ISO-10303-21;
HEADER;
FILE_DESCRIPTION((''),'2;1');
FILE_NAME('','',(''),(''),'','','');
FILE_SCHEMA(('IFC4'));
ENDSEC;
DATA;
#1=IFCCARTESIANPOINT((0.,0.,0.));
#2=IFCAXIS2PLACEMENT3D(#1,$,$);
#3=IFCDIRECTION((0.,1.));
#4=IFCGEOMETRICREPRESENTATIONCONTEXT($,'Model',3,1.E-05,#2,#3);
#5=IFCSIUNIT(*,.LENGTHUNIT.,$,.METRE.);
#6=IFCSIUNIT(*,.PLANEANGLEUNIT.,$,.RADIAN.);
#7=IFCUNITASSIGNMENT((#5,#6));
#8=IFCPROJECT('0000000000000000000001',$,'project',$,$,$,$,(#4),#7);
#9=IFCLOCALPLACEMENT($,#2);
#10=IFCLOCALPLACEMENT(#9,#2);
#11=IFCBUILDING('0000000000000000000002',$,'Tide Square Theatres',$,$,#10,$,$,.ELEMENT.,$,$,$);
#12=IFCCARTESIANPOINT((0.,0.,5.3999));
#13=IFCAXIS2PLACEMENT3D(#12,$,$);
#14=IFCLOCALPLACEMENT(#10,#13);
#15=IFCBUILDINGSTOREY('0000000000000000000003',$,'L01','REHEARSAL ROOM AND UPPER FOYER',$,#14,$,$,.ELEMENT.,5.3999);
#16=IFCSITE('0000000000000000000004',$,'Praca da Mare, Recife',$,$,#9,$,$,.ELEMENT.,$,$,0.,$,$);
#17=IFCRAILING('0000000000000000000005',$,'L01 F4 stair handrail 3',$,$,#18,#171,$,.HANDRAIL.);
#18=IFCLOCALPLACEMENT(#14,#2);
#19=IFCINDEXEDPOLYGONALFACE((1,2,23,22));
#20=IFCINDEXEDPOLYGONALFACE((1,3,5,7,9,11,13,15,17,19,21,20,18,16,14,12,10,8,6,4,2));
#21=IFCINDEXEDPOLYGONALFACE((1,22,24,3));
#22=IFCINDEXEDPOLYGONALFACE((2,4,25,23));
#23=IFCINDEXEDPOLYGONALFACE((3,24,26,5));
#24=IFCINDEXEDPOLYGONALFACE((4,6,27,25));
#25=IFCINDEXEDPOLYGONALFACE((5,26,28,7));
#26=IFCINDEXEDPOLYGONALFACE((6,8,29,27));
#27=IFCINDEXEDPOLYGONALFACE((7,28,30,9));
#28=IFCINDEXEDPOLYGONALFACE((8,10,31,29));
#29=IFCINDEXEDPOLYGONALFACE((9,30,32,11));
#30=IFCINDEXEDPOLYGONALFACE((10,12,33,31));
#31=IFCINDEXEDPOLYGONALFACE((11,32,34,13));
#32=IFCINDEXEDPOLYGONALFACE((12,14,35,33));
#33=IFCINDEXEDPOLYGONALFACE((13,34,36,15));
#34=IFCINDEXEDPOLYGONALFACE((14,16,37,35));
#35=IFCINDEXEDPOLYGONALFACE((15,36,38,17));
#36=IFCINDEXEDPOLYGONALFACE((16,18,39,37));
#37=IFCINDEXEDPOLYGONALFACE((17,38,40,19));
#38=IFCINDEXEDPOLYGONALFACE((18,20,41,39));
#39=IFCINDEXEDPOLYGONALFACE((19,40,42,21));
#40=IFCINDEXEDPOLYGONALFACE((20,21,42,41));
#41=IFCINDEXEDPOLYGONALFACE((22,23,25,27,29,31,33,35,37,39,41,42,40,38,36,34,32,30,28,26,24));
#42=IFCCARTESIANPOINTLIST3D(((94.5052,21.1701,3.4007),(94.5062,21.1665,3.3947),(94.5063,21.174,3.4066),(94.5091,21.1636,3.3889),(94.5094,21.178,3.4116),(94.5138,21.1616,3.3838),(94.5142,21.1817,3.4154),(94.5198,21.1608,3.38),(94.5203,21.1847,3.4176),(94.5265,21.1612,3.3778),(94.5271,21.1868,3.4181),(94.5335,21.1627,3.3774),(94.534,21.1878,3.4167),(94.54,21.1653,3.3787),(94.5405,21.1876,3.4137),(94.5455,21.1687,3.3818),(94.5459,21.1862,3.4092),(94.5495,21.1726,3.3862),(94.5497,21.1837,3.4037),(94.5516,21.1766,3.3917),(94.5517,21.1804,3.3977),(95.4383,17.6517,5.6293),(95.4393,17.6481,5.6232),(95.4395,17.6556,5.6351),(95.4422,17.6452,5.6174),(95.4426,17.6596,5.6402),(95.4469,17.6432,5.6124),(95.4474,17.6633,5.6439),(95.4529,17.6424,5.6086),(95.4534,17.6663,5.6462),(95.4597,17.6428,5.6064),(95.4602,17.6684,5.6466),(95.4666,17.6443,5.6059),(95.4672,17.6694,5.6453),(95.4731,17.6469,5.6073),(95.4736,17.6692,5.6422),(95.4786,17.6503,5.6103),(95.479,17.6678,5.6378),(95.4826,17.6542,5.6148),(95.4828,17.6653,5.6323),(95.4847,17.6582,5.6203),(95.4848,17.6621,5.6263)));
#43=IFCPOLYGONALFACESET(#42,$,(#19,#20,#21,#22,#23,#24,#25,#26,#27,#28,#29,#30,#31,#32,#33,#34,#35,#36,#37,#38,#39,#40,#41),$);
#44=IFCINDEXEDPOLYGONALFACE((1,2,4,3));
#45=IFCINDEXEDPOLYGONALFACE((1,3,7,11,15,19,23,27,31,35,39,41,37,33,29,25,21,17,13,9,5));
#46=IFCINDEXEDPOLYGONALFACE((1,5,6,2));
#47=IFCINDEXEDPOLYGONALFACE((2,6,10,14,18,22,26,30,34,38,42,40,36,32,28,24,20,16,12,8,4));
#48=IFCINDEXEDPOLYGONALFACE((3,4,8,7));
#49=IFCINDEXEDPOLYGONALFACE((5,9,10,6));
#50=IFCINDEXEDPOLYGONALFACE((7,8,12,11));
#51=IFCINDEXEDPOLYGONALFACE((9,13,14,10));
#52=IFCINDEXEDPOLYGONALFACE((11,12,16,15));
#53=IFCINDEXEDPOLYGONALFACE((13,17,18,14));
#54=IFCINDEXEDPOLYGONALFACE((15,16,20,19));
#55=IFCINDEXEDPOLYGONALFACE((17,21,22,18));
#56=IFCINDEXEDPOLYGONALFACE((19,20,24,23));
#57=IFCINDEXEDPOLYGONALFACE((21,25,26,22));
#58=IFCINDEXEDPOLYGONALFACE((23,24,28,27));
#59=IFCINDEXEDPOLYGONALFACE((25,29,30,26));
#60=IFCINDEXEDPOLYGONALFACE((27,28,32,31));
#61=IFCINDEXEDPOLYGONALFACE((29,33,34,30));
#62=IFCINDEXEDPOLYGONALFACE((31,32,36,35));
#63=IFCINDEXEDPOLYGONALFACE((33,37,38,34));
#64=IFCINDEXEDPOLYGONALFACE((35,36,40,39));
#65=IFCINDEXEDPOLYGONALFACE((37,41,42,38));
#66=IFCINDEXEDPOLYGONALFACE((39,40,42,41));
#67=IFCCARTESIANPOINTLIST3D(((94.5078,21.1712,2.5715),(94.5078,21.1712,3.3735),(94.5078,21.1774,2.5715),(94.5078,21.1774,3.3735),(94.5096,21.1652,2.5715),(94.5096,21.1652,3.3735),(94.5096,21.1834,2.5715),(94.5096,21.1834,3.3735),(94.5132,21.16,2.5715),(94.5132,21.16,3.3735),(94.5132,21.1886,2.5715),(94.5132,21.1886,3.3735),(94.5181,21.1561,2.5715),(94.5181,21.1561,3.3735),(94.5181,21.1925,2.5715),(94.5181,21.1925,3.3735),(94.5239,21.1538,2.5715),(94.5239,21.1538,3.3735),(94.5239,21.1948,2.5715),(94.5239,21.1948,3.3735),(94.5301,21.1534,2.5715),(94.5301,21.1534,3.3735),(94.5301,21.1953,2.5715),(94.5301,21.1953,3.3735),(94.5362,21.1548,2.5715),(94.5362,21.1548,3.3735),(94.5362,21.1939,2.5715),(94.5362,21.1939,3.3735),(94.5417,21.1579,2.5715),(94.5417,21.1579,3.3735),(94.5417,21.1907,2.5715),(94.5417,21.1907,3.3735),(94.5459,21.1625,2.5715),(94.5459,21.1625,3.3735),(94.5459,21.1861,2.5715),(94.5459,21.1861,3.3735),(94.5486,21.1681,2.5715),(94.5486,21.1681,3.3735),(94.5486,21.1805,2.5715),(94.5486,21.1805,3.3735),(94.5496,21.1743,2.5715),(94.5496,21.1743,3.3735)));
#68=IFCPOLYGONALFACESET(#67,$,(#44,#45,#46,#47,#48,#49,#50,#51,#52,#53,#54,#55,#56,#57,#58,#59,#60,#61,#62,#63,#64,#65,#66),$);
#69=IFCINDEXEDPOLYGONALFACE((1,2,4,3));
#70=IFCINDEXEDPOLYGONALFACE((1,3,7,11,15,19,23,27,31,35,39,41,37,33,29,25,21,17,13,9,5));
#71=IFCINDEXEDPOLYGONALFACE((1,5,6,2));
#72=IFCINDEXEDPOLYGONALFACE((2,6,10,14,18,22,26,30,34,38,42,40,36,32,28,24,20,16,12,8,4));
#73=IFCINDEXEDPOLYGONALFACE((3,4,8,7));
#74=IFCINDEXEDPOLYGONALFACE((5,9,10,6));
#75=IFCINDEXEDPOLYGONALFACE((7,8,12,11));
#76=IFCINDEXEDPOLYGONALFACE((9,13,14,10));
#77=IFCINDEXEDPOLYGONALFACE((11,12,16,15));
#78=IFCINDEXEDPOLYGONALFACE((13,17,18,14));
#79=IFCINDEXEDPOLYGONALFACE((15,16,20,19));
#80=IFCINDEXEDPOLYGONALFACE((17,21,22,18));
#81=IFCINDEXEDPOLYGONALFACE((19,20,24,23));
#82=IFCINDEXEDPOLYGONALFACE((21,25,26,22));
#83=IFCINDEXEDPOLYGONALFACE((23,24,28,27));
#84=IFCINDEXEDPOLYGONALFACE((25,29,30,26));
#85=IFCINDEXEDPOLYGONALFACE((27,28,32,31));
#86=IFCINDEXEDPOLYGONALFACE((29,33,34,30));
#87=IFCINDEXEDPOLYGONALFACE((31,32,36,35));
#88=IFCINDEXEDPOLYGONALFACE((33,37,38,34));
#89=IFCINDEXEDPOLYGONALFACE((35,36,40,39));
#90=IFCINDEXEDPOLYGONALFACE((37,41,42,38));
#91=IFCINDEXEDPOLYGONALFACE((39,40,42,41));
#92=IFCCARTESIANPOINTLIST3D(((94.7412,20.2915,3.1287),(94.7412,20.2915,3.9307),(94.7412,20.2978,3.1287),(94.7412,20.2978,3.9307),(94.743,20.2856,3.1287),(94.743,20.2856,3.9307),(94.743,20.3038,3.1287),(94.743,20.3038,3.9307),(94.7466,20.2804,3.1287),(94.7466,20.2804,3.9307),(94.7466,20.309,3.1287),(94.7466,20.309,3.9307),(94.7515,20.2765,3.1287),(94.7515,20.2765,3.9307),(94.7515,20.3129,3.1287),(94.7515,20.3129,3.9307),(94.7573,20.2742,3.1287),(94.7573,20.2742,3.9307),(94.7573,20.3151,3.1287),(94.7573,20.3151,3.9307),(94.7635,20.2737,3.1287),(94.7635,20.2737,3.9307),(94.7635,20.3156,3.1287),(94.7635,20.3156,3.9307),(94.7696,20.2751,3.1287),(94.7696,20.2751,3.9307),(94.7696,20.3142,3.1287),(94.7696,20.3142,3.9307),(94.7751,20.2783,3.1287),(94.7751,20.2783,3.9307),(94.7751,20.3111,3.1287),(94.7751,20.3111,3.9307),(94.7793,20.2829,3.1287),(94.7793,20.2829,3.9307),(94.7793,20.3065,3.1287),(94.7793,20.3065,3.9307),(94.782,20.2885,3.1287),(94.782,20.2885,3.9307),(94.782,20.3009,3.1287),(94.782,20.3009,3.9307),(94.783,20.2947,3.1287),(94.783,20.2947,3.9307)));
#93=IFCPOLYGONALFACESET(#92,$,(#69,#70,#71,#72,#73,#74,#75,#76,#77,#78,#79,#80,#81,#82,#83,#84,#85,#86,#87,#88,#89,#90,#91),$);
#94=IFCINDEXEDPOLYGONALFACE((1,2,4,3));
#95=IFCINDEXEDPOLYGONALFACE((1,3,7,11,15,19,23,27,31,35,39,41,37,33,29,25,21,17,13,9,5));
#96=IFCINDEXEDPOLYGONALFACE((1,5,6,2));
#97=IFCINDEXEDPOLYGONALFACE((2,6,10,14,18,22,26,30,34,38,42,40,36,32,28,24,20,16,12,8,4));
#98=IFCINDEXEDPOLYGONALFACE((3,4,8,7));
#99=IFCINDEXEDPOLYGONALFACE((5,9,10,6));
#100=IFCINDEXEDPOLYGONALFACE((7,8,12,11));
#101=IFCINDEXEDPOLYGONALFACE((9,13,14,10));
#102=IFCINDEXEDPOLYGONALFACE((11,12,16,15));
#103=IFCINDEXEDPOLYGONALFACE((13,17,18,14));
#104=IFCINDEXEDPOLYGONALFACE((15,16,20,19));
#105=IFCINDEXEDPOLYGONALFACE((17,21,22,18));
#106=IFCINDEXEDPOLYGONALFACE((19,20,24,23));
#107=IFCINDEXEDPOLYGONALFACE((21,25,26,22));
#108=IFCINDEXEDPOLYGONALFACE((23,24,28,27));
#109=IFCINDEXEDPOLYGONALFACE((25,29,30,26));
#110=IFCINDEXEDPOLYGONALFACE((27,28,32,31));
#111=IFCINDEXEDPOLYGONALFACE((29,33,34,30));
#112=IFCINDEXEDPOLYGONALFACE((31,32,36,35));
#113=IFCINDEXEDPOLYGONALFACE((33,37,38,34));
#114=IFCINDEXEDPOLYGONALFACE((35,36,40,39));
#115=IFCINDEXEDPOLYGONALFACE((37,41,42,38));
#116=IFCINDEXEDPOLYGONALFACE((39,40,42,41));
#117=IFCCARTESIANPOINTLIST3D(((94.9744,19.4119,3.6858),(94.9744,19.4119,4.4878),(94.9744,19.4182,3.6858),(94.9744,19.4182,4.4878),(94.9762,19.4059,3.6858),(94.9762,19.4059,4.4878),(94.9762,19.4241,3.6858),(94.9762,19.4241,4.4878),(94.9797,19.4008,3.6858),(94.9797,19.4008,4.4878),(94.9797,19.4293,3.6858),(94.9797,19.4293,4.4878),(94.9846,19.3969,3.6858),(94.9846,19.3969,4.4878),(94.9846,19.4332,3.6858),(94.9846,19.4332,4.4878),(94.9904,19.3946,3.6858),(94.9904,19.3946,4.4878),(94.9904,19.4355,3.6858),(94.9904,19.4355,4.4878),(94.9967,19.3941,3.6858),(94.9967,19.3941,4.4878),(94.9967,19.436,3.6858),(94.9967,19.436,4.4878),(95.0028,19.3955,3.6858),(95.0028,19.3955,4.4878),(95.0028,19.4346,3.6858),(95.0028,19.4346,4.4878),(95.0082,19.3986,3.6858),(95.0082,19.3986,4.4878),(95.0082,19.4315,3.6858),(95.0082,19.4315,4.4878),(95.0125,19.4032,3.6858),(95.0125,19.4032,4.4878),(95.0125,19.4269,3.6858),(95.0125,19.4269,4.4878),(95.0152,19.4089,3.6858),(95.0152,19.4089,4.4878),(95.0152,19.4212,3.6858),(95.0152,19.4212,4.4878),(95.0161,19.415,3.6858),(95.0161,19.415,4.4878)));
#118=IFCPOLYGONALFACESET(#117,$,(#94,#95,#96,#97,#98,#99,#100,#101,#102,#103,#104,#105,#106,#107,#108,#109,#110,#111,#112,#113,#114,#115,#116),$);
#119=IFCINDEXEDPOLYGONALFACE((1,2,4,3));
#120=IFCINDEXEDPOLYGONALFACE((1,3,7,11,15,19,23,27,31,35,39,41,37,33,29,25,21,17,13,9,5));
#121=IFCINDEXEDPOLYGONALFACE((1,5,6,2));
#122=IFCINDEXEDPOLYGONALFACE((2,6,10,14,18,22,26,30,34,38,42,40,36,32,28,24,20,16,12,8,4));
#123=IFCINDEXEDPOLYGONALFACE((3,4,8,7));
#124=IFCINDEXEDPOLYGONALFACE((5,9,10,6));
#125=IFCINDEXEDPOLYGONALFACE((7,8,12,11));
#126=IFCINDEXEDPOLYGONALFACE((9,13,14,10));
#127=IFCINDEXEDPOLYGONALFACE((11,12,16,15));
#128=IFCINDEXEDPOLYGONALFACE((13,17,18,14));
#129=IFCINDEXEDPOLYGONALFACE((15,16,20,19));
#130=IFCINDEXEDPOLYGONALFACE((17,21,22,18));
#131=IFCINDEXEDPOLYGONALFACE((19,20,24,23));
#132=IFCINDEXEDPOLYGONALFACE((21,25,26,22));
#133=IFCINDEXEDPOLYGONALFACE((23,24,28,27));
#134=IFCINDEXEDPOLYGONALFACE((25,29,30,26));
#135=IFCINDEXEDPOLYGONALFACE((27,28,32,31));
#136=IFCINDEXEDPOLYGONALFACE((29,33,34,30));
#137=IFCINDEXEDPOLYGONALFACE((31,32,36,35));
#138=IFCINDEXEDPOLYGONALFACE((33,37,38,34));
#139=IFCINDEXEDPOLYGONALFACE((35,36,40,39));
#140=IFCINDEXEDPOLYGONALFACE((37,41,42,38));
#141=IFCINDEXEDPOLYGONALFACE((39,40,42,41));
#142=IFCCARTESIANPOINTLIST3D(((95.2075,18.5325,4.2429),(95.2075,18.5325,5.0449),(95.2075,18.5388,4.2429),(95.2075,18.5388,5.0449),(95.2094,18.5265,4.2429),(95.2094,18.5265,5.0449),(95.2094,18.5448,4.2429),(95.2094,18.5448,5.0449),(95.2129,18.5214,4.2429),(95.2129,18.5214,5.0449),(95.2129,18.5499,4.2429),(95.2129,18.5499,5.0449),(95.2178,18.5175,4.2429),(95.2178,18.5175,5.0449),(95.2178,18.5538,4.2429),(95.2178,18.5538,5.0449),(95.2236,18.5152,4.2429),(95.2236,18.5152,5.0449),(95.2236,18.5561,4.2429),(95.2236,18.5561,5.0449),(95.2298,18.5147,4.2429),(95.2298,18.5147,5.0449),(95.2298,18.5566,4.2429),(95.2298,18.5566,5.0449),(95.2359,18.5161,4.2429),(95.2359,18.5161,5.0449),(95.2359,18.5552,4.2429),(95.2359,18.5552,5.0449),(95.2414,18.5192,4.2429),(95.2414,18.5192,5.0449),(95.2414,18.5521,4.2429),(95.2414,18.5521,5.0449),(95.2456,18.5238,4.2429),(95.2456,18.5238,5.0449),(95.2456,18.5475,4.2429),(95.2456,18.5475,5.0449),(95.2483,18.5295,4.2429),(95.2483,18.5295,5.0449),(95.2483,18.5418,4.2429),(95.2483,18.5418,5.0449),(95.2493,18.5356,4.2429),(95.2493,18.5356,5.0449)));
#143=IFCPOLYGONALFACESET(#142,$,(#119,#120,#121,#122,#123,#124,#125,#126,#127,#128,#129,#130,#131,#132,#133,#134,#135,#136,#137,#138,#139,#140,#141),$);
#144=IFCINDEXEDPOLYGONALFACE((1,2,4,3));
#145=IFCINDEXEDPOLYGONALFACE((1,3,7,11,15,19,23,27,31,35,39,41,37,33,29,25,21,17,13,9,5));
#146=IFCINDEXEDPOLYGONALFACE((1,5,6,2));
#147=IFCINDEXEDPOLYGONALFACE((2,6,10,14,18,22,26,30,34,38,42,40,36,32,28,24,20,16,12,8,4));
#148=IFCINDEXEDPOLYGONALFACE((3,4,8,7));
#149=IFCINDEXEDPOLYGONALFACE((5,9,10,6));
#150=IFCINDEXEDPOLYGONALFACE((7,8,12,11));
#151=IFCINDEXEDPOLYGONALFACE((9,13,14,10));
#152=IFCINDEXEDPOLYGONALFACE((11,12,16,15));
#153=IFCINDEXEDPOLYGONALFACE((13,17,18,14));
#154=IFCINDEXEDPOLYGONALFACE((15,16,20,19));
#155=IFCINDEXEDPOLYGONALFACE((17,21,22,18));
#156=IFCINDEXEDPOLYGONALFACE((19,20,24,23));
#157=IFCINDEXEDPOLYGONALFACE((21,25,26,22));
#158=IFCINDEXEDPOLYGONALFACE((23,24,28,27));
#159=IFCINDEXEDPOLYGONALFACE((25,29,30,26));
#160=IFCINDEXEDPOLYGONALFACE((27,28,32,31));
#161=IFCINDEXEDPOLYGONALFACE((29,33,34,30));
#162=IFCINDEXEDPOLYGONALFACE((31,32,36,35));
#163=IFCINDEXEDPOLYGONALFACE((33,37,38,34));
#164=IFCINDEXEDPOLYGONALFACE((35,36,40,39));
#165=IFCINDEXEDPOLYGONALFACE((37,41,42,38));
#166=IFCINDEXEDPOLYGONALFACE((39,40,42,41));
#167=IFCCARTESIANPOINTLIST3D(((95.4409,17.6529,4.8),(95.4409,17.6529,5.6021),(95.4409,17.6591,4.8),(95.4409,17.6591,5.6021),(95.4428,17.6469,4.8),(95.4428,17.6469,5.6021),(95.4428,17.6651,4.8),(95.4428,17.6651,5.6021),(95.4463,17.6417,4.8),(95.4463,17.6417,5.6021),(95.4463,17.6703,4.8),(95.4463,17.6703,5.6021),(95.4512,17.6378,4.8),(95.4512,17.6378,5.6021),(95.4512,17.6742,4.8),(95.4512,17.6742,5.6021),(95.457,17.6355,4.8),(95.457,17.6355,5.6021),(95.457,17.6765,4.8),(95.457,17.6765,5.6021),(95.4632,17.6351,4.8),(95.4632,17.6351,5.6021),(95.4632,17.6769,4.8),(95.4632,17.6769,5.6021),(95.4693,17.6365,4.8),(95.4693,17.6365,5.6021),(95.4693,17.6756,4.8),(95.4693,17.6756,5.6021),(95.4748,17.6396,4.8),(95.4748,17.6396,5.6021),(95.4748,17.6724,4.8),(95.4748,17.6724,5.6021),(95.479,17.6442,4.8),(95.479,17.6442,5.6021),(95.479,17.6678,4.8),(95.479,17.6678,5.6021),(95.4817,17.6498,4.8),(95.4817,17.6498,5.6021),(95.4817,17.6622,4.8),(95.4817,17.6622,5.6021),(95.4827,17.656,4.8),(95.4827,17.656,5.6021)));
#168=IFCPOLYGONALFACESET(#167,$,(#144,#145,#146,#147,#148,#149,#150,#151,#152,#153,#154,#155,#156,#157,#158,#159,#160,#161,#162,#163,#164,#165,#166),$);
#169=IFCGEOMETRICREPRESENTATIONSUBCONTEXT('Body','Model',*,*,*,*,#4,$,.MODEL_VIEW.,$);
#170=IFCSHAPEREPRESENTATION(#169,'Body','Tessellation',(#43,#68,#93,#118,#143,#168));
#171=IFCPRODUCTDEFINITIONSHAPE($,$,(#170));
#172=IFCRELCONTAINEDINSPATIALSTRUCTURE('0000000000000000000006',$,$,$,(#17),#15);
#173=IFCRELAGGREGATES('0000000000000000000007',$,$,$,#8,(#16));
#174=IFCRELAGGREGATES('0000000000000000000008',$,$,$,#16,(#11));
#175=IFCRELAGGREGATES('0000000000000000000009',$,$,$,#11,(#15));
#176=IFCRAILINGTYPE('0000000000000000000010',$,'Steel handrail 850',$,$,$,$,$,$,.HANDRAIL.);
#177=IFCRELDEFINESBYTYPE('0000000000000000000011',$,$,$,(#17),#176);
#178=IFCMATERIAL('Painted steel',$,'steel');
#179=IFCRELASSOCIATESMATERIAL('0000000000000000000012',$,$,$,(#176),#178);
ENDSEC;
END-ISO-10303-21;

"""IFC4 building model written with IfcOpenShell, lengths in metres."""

from ifc_helpers import new_model, si_unit, direction, frame, origin, origin_2d, place, context, subcontext, project, spatial, circle, extrude, material, type_object, element, save


model = new_model("IFC4")

# Units and contexts
model_context = context("Model", 3, precision=1e-05, world=origin(), true_north=direction((0.0, 1.0)))
body_context = subcontext(model_context, "Body", "Model", "MODEL_VIEW")
ifc_project = project(units=[si_unit("LENGTHUNIT", "METRE"), si_unit("PLANEANGLEUNIT", "RADIAN")], contexts=[model_context])

# Site, building, storey
site_placement = place(None, origin())
site = spatial("IfcSite", under=ifc_project, at=site_placement, Name="Praca da Mare, Recife", CompositionType="ELEMENT", RefElevation=0.0)
building_placement = place(site_placement, origin())
building = spatial("IfcBuilding", under=site, at=building_placement, Name="Tide Square Theatres", CompositionType="ELEMENT")
storey_placement = place(building_placement, frame((0.0, 0.0, 5.3999)))
storey = spatial("IfcBuildingStorey", under=building, at=storey_placement, Name="L01", Description="REHEARSAL ROOM AND UPPER FOYER", CompositionType="ELEMENT", Elevation=5.3999)

# Railing
ifc_material_1 = material(Name="Painted steel", Category="steel")
railing_type_1 = type_object("IfcRailingType", Name="Steel handrail 850", PredefinedType="HANDRAIL", material=ifc_material_1)
for number, where, name in (
    (1, (94.5286, 21.1743, 2.5715), "L01 F4 stair handrail 3"),
):
    element("IfcRailing", number, at=place(storey_placement, frame(where)), inside=storey, type_object=railing_type_1, Name=name, PredefinedType="HANDRAIL", context=body_context, shape_type="SweptSolid", body=[
        extrude(circle(Radius=0.0239, at=origin_2d()), frame((0.0, 0.0, 0.8262), z_axis=(0.21863, -0.824354, 0.52215), x_axis=(0.966584, 0.256352, 0.0)), (0.0, 0.0, 1.0), 4.2681),
        extrude(circle(Radius=0.021, at=origin_2d()), origin(), (0.0, 0.0, 1.0), 0.802),
        extrude(circle(Radius=0.021, at=origin_2d()), frame((0.2334, -0.8796, 0.5571)), (0.0, 0.0, 1.0), 0.802),
        extrude(circle(Radius=0.021, at=origin_2d()), frame((0.4666, -1.7593, 1.1143)), (0.0, 0.0, 1.0), 0.802),
        extrude(circle(Radius=0.021, at=origin_2d()), frame((0.6997, -2.6387, 1.6714)), (0.0, 0.0, 1.0), 0.802),
        extrude(circle(Radius=0.021, at=origin_2d()), frame((0.9331, -3.5183, 2.2285)), (0.0, 0.0, 1.0), 0.802),
    ])

save(model, "model.ifc")
